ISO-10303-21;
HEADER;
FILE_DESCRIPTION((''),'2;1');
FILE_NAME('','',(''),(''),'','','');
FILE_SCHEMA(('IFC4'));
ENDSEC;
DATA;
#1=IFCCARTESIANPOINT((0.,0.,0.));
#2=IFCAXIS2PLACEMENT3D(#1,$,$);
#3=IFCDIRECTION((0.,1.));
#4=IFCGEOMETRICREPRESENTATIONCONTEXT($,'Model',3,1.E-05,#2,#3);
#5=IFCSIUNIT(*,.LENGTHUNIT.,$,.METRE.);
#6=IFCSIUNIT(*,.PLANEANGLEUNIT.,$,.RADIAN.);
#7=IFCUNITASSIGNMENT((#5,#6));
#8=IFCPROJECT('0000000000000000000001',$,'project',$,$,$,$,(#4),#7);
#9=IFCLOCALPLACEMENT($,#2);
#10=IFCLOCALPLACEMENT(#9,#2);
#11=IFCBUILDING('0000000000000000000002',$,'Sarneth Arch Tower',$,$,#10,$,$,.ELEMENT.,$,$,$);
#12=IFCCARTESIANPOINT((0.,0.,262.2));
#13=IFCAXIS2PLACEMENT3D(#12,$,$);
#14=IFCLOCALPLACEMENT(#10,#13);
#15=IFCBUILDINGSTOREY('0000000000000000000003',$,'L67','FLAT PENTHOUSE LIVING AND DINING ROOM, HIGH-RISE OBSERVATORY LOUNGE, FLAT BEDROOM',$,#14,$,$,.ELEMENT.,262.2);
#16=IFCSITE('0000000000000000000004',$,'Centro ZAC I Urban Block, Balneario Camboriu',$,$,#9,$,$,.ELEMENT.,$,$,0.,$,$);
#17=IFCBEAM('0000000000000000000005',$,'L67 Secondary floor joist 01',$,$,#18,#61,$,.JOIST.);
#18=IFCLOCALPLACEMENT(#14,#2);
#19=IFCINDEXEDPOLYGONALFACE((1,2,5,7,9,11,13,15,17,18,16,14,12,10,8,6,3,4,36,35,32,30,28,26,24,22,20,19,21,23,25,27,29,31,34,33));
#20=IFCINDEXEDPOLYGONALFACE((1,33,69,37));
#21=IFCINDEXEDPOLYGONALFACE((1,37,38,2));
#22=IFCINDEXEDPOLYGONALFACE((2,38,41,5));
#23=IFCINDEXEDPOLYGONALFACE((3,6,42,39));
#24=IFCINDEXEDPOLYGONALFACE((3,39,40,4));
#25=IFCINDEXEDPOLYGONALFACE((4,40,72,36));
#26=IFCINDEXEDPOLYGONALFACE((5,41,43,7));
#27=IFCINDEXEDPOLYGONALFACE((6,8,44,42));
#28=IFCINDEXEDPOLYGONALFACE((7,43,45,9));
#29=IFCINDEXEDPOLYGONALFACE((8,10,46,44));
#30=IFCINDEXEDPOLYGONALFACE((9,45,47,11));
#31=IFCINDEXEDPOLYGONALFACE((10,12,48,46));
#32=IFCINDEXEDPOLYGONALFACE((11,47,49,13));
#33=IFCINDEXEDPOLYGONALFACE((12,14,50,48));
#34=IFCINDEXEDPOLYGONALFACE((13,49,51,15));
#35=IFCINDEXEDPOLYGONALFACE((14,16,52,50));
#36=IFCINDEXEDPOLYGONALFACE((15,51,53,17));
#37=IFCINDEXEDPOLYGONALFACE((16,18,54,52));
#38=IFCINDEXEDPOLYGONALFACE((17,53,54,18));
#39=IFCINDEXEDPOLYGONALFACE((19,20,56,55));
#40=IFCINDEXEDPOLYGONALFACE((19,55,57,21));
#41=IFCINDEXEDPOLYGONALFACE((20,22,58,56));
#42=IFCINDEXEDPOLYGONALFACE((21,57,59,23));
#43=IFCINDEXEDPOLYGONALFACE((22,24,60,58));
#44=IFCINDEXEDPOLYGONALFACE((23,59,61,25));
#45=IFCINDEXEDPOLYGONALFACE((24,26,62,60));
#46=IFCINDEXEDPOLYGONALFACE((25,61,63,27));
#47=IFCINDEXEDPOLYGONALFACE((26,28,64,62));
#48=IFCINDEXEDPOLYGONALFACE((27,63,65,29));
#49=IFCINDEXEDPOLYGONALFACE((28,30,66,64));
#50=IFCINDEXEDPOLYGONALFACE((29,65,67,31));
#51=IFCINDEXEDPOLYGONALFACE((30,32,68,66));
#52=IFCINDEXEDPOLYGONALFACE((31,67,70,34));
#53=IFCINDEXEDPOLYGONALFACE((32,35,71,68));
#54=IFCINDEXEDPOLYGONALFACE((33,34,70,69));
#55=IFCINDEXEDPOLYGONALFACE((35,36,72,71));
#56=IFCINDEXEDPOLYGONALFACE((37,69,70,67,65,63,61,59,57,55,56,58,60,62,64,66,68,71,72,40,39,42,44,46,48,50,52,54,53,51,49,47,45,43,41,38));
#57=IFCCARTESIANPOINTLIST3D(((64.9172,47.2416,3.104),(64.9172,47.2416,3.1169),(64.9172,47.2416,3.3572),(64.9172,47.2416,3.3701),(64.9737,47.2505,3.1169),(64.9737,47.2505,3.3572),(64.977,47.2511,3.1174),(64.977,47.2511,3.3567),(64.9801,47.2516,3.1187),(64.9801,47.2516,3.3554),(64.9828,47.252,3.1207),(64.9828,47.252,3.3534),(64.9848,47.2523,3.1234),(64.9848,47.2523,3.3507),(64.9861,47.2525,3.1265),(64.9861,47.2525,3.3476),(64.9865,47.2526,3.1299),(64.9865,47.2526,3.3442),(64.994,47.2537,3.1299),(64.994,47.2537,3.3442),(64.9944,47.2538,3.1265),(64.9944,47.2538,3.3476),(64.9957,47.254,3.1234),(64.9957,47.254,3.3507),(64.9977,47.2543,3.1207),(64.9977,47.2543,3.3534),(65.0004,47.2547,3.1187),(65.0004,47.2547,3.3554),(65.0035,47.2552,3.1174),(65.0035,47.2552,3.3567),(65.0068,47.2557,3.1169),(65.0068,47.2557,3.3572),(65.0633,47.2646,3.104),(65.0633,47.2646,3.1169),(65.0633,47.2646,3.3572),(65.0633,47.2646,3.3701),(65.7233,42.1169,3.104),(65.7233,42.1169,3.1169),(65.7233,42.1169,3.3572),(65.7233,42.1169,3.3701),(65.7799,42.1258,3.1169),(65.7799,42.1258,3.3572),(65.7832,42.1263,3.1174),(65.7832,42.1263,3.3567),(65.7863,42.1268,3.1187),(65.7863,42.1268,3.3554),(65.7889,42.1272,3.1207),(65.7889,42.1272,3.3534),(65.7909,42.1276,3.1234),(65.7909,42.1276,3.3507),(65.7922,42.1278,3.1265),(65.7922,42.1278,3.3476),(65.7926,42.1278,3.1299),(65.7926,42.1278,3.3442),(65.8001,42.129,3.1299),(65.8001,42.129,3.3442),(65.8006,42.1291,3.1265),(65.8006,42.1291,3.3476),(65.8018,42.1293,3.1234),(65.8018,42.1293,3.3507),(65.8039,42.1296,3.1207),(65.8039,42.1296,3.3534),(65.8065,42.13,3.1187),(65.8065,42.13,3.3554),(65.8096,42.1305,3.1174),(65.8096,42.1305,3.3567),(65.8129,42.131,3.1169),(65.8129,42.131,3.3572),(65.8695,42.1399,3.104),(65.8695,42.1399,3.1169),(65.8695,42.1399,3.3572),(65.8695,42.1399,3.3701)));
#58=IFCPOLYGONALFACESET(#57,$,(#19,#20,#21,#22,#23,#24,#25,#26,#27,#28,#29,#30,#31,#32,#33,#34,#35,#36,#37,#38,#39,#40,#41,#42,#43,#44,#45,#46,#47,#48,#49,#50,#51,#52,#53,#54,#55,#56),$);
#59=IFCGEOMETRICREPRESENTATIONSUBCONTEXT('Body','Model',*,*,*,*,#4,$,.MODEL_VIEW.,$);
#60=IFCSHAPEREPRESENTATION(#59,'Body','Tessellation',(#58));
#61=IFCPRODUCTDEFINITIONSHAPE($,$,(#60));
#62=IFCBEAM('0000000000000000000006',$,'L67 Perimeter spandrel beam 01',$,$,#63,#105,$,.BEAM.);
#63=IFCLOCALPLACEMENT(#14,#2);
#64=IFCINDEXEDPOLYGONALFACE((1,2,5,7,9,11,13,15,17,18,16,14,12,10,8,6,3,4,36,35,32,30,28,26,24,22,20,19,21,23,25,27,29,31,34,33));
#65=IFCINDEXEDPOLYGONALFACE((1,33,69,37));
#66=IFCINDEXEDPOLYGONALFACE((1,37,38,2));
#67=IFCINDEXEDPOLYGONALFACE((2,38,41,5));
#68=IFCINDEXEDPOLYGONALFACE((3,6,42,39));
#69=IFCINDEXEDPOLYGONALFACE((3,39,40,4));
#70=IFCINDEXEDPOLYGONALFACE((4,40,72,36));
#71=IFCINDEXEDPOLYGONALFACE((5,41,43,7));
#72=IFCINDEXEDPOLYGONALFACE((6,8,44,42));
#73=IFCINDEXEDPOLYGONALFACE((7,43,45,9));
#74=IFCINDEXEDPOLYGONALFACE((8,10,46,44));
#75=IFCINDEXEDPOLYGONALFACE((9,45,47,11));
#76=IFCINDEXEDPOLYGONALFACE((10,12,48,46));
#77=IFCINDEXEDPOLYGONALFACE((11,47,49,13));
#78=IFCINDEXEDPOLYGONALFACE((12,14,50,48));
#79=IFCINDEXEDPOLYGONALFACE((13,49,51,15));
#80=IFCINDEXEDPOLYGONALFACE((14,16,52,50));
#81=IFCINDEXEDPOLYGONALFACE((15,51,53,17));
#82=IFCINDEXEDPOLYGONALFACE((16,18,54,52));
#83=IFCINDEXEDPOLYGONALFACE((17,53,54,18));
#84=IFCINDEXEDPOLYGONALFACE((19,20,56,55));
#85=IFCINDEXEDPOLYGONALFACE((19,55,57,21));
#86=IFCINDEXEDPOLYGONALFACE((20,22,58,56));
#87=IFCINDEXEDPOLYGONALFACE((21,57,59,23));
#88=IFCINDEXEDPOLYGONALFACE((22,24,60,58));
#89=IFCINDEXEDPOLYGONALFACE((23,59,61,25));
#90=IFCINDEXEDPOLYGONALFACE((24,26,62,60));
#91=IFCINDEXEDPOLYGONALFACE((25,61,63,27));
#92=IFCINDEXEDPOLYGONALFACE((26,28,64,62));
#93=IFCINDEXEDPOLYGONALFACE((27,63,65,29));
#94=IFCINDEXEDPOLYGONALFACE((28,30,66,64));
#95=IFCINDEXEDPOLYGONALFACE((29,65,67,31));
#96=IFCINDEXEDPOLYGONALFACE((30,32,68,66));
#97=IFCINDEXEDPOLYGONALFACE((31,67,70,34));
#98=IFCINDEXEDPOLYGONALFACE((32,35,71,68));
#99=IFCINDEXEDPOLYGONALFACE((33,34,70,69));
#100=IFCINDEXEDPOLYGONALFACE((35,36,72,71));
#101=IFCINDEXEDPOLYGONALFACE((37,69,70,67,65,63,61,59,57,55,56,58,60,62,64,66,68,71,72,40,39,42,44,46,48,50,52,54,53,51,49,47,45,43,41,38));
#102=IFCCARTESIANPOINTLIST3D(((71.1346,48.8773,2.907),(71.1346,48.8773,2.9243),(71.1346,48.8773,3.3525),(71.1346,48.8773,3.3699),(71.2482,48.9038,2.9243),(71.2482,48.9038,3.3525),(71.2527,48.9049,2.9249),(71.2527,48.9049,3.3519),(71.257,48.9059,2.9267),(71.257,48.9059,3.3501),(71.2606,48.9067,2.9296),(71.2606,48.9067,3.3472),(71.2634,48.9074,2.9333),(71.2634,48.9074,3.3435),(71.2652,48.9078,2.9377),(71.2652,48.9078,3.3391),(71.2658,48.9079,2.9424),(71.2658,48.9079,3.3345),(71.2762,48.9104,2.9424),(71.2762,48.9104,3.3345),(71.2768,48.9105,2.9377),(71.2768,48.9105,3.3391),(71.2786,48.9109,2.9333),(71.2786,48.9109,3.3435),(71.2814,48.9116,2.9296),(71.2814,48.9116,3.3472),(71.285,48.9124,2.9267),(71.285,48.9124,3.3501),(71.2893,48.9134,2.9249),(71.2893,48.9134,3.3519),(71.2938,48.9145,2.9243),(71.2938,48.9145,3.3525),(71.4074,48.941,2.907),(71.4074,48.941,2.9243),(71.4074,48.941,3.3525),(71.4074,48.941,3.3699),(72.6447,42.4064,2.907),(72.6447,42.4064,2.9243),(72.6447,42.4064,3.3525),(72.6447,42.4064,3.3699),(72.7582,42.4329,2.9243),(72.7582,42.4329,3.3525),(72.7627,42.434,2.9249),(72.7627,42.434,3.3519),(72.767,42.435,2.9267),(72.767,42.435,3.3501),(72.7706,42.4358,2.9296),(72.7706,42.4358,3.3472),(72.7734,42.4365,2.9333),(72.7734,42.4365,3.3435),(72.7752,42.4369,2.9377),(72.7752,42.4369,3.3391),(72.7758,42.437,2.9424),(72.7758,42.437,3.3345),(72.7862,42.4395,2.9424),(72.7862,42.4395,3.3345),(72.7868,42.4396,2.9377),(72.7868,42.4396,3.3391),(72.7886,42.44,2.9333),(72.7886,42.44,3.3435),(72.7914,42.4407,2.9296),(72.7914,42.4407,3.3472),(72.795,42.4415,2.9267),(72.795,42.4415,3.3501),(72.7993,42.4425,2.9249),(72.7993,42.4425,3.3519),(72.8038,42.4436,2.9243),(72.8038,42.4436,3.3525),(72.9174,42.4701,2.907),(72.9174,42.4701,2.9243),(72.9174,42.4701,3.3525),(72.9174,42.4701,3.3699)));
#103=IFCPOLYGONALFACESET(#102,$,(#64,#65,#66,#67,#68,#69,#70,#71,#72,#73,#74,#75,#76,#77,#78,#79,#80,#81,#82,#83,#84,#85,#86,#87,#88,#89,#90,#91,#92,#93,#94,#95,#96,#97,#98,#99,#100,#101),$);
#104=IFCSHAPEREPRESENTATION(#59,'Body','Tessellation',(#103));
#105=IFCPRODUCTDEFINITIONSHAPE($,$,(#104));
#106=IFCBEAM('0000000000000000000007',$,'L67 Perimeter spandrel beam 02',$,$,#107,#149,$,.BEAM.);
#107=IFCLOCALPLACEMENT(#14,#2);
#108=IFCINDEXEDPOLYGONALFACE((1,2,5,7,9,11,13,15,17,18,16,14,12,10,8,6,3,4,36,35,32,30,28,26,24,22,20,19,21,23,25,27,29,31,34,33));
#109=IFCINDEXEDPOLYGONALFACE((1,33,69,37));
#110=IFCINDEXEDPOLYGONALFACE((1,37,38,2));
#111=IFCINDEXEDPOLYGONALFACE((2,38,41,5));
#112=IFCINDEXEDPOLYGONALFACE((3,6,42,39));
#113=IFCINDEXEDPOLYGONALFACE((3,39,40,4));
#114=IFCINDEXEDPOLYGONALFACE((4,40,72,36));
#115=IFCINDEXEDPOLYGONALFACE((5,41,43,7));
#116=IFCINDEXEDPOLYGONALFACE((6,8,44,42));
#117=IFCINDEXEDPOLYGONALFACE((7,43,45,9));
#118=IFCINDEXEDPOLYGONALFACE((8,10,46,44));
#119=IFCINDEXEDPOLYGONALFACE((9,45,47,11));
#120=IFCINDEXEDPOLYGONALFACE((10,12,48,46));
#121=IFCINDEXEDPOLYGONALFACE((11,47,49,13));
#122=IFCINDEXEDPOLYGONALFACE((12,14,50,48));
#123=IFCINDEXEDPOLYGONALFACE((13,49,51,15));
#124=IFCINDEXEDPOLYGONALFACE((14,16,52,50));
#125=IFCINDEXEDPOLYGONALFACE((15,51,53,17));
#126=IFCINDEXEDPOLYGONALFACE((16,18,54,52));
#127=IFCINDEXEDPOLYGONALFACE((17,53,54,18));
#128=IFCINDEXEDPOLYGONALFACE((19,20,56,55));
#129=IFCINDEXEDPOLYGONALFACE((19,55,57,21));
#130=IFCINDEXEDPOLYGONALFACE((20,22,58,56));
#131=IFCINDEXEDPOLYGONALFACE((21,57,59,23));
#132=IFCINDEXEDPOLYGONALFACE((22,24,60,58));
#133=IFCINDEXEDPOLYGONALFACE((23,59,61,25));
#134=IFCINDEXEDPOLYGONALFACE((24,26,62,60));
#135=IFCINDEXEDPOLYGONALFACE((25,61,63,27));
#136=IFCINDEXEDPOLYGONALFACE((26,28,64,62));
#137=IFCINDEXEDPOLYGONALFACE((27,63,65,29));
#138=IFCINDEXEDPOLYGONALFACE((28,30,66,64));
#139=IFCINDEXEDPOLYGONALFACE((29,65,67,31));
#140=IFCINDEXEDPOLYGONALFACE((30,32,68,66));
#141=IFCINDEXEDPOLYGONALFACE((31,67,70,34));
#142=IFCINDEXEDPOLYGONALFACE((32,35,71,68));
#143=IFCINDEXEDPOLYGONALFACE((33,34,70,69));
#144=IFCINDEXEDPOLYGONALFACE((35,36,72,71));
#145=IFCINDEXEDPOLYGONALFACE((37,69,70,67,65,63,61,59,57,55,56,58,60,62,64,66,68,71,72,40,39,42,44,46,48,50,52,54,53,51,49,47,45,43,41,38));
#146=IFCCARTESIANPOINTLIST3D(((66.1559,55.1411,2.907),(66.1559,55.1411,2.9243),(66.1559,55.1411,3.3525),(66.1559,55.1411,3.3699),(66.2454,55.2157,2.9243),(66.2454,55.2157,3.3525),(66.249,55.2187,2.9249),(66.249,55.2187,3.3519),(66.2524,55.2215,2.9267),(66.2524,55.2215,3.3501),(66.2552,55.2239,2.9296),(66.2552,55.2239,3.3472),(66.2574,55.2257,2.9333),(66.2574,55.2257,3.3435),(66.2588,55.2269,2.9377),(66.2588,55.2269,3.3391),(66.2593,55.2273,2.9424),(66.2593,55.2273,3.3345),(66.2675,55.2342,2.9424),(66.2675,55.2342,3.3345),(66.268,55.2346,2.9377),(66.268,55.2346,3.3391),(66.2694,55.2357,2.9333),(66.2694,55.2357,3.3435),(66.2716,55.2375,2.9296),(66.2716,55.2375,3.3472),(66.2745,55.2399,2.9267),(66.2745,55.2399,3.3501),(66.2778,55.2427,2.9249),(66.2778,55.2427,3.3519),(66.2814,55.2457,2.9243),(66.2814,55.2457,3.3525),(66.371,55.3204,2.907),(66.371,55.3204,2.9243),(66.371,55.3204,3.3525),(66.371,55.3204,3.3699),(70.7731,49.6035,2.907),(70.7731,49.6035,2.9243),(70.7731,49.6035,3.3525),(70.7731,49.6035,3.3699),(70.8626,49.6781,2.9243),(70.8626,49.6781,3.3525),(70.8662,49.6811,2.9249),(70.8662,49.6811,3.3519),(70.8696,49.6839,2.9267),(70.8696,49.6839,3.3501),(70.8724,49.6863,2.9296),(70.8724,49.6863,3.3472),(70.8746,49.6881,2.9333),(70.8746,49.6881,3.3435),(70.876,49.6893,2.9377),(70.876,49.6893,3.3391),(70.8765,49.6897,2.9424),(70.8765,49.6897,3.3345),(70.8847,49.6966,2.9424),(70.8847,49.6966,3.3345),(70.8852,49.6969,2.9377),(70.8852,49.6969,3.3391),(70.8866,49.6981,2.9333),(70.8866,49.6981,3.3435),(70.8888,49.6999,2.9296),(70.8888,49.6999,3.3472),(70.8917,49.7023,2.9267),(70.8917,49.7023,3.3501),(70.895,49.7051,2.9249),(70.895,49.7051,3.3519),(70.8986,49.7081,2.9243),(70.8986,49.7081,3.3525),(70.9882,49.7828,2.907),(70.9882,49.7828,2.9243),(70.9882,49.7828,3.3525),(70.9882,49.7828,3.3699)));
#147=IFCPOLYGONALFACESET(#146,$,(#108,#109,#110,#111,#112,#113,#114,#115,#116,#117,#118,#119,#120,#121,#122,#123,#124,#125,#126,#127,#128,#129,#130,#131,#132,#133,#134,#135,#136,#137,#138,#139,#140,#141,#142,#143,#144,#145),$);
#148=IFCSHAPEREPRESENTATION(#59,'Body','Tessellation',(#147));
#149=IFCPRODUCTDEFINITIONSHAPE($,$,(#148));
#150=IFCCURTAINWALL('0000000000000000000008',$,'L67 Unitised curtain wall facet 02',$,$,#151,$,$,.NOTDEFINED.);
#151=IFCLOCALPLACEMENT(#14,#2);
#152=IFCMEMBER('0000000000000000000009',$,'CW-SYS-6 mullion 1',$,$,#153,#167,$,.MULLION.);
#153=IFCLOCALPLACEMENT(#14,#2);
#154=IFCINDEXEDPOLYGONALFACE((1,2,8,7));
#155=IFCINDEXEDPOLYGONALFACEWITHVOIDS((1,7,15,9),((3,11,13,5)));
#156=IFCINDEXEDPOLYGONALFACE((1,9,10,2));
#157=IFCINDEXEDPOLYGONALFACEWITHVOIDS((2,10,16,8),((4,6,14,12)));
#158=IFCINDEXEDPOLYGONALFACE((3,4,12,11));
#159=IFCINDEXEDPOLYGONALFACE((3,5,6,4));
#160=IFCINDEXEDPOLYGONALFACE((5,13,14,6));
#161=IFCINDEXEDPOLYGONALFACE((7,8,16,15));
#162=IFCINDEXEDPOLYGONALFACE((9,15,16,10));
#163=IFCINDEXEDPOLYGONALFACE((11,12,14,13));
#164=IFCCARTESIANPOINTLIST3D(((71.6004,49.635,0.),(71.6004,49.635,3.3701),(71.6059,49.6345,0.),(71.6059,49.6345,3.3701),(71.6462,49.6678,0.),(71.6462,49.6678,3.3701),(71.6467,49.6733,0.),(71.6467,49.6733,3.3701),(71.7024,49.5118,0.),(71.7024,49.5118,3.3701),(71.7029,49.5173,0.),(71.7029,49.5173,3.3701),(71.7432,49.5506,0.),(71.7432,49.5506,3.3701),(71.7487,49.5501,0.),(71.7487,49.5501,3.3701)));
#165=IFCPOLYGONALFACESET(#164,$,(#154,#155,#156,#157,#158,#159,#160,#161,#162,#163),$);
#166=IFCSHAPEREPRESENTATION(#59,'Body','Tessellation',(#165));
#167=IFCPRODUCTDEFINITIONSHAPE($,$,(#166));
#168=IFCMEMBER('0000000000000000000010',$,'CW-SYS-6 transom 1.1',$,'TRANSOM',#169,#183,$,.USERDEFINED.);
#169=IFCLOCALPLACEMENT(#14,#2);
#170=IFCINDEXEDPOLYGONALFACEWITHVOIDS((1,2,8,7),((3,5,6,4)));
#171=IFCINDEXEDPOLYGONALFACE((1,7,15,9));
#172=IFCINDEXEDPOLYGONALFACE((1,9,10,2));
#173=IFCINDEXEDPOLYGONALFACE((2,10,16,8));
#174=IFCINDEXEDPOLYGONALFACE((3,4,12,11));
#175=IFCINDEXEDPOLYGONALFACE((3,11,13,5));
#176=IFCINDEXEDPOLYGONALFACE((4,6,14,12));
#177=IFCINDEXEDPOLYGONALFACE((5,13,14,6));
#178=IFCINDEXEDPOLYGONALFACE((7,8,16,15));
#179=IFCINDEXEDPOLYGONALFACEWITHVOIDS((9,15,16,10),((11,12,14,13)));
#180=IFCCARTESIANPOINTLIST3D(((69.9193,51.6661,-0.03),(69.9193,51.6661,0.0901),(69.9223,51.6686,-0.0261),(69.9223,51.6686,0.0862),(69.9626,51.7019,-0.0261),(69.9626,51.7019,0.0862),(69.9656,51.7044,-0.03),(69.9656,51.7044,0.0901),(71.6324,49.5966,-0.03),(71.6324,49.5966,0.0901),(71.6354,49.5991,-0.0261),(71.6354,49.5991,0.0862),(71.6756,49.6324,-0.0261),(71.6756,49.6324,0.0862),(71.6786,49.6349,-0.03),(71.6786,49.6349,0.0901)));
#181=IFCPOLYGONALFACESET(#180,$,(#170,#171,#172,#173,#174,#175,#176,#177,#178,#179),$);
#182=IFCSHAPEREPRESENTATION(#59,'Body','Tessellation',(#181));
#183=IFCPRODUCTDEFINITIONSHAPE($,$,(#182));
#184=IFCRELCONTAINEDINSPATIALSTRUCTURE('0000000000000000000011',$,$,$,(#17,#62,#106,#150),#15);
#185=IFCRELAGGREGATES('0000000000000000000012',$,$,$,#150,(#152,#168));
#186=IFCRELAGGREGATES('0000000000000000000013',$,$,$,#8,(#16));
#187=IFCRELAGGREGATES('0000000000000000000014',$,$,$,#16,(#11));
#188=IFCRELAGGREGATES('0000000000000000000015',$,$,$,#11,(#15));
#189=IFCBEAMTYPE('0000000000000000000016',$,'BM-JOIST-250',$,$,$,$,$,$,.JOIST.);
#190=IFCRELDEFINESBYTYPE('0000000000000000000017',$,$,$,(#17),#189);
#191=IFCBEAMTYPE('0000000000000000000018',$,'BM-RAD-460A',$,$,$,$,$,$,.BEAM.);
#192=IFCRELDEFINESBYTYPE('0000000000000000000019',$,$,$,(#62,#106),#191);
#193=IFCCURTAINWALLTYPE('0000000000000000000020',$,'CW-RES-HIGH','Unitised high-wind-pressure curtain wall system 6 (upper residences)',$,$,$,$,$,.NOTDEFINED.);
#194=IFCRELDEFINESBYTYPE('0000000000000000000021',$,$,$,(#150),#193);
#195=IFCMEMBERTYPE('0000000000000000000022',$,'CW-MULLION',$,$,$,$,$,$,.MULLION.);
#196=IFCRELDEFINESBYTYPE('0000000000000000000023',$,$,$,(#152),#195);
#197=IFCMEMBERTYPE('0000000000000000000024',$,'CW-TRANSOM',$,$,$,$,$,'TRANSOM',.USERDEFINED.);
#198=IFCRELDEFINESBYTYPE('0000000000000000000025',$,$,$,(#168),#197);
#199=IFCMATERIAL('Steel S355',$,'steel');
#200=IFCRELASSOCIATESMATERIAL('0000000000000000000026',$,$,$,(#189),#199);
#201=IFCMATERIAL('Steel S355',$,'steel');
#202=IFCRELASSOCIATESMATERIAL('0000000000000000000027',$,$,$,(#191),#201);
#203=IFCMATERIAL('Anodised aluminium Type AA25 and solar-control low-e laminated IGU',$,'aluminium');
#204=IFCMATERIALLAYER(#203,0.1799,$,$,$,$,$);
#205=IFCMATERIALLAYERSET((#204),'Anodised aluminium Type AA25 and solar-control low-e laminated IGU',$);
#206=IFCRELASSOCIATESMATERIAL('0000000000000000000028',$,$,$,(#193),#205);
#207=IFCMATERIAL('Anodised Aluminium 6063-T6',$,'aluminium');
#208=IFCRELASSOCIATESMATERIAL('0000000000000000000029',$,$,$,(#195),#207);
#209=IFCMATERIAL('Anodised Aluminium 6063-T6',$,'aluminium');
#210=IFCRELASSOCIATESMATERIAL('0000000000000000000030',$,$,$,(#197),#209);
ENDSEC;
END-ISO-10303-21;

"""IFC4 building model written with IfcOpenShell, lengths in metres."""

from ifc_helpers import new_model, si_unit, direction, frame, origin, origin_2d, place, context, subcontext, project, spatial, hollow_rectangle, i_section, extrude, material, layer, layer_set, material_profile, profile_set, type_object, element, aggregate, save


model = new_model("IFC4")

# Units and contexts
model_context = context("Model", 3, precision=1e-05, world=origin(), true_north=direction((0.0, 1.0)))
body_context = subcontext(model_context, "Body", "Model", "MODEL_VIEW")
ifc_project = project(units=[si_unit("LENGTHUNIT", "METRE"), si_unit("PLANEANGLEUNIT", "RADIAN")], contexts=[model_context])

# Site, building, storey
site_placement = place(None, origin())
site = spatial("IfcSite", under=ifc_project, at=site_placement, Name="Centro ZAC I Urban Block, Balneario Camboriu", CompositionType="ELEMENT", RefElevation=0.0)
building_placement = place(site_placement, origin())
building = spatial("IfcBuilding", under=site, at=building_placement, Name="Sarneth Arch Tower", CompositionType="ELEMENT")
storey_placement = place(building_placement, frame((0.0, 0.0, 262.2)))
storey = spatial("IfcBuildingStorey", under=building, at=storey_placement, Name="L67", Description="FLAT PENTHOUSE LIVING AND DINING ROOM, HIGH-RISE OBSERVATORY LOUNGE, FLAT BEDROOM", CompositionType="ELEMENT", Elevation=262.2)

# Beams
ifc_material_1 = material(Name="Steel S355", Category="steel")
ifc_material_profile_1 = material_profile(ifc_material_1, i_section(OverallWidth=0.1479, OverallDepth=0.2661, WebThickness=0.0076, FlangeThickness=0.0129, FilletRadius=0.0129, at=origin_2d()), Name="W250x44.8")
ifc_profile_set_1 = profile_set([ifc_material_profile_1], Name="Steel S355")
beam_type_1 = type_object("IfcBeamType", Name="BM-JOIST-250", PredefinedType="JOIST", material=ifc_profile_set_1)
beam_1_placement = place(storey_placement, frame((65.7964, 42.1284, 3.2371), z_axis=(-0.155395, 0.987852, 0.0), x_axis=(-0.987852, -0.155395, 0.0)))
element("IfcBeam", 1, at=beam_1_placement, inside=storey, type_object=beam_type_1, Name="L67 Secondary floor joist 01", PredefinedType="JOIST", context=body_context, shape_type="SweptSolid", body=[
    extrude(i_section(OverallWidth=0.1479, OverallDepth=0.2661, WebThickness=0.0076, FlangeThickness=0.0129, FilletRadius=0.0129, at=origin_2d()), origin(), (0.0, 0.0, 1.0), 5.1877),
])
ifc_material_2 = material(Name="Steel S355", Category="steel")
ifc_material_profile_2 = material_profile(ifc_material_2, i_section(OverallWidth=0.28, OverallDepth=0.4629, WebThickness=0.0107, FlangeThickness=0.0173, FilletRadius=0.0181, at=origin_2d()), Name="W460x113")
ifc_profile_set_2 = profile_set([ifc_material_profile_2], Name="Steel S355")
beam_type_2 = type_object("IfcBeamType", Name="BM-RAD-460A", PredefinedType="BEAM", material=ifc_profile_set_2)
beam_2_placement = place(storey_placement, frame((72.781, 42.4382, 3.1384), z_axis=(-0.227247, 0.973837, 0.0), x_axis=(-0.973837, -0.227247, 0.0)))
element("IfcBeam", 2, at=beam_2_placement, inside=storey, type_object=beam_type_2, Name="L67 Perimeter spandrel beam 01", PredefinedType="BEAM", context=body_context, shape_type="SweptSolid", body=[
    extrude(i_section(OverallWidth=0.28, OverallDepth=0.4629, WebThickness=0.0107, FlangeThickness=0.0173, FilletRadius=0.0181, at=origin_2d()), origin(), (0.0, 0.0, 1.0), 6.6448),
])
beam_3_placement = place(storey_placement, frame((70.8806, 49.6931, 3.1384), z_axis=(-0.640391, 0.768049, 0.0), x_axis=(-0.768049, -0.640391, 0.0)))
element("IfcBeam", 3, at=beam_3_placement, inside=storey, type_object=beam_type_2, Name="L67 Perimeter spandrel beam 02", PredefinedType="BEAM", context=body_context, shape_type="SweptSolid", body=[
    extrude(i_section(OverallWidth=0.28, OverallDepth=0.4629, WebThickness=0.0107, FlangeThickness=0.0173, FilletRadius=0.0181, at=origin_2d()), origin(), (0.0, 0.0, 1.0), 7.21),
])

# Curtain wall, members
ifc_material_3 = material(Name="Anodised aluminium Type AA25 and solar-control low-e laminated IGU", Category="aluminium")
ifc_layer_1 = layer(ifc_material_3, 0.1799)
ifc_layer_set_1 = layer_set([ifc_layer_1], Name="Anodised aluminium Type AA25 and solar-control low-e laminated IGU")
curtain_wall_type = type_object("IfcCurtainWallType", Name="CW-RES-HIGH", Description="Unitised high-wind-pressure curtain wall system 6 (upper residences)", PredefinedType="NOTDEFINED", material=ifc_layer_set_1)
curtain_wall_placement = place(storey_placement, origin())
curtain_wall = element("IfcCurtainWall", 4, at=curtain_wall_placement, inside=storey, type_object=curtain_wall_type, Name="L67 Unitised curtain wall facet 02", PredefinedType="NOTDEFINED")
ifc_material_4 = material(Name="Anodised Aluminium 6063-T6", Category="aluminium")
ifc_material_profile_3 = material_profile(ifc_material_4, hollow_rectangle(XDim=0.0601, YDim=0.1599, WallThickness=0.0039, at=origin_2d()), Name="AL-MULL-160x60x4")
ifc_profile_set_3 = profile_set([ifc_material_profile_3], Name="Anodised Aluminium 6063-T6")
member_type_1 = type_object("IfcMemberType", Name="CW-MULLION", PredefinedType="MULLION", material=ifc_profile_set_3)
member_1_placement = place(storey_placement, frame((71.6746, 49.5925, 0.0), z_axis=(0.0, 0.0, 1.0), x_axis=(-0.770359, -0.63761, 0.0)))
member_1 = element("IfcMember", 5, at=member_1_placement, type_object=member_type_1, Name="CW-SYS-6 mullion 1", PredefinedType="MULLION", context=body_context, shape_type="SweptSolid", body=[
    extrude(hollow_rectangle(XDim=0.0601, YDim=0.1599, WallThickness=0.0039, at=origin_2d()), origin(), (0.0, 0.0, 1.0), 3.3701),
])
ifc_material_5 = material(Name="Anodised Aluminium 6063-T6", Category="aluminium")
ifc_material_profile_4 = material_profile(ifc_material_5, hollow_rectangle(XDim=0.0601, YDim=0.1201, WallThickness=0.0039, at=origin_2d()), Name="AL-TRAN-120x60x4")
ifc_profile_set_4 = profile_set([ifc_material_profile_4], Name="Anodised Aluminium 6063-T6")
member_type_2 = type_object("IfcMemberType", Name="CW-TRANSOM", ElementType="TRANSOM", PredefinedType="USERDEFINED", material=ifc_profile_set_4)
member_2_placement = place(storey_placement, frame((71.6555, 49.6157, 0.03), z_axis=(-0.637651, 0.770325, 0.0), x_axis=(-0.770325, -0.637651, 0.0)))
member_2 = element("IfcMember", 6, at=member_2_placement, type_object=member_type_2, Name="CW-SYS-6 transom 1.1", ObjectType="TRANSOM", PredefinedType="USERDEFINED", context=body_context, shape_type="SweptSolid", body=[
    extrude(hollow_rectangle(XDim=0.0601, YDim=0.1201, WallThickness=0.0039, at=origin_2d()), origin(), (0.0, 0.0, 1.0), 2.6865),
])

aggregate(curtain_wall, [member_1, member_2])

save(model, "model.ifc")
